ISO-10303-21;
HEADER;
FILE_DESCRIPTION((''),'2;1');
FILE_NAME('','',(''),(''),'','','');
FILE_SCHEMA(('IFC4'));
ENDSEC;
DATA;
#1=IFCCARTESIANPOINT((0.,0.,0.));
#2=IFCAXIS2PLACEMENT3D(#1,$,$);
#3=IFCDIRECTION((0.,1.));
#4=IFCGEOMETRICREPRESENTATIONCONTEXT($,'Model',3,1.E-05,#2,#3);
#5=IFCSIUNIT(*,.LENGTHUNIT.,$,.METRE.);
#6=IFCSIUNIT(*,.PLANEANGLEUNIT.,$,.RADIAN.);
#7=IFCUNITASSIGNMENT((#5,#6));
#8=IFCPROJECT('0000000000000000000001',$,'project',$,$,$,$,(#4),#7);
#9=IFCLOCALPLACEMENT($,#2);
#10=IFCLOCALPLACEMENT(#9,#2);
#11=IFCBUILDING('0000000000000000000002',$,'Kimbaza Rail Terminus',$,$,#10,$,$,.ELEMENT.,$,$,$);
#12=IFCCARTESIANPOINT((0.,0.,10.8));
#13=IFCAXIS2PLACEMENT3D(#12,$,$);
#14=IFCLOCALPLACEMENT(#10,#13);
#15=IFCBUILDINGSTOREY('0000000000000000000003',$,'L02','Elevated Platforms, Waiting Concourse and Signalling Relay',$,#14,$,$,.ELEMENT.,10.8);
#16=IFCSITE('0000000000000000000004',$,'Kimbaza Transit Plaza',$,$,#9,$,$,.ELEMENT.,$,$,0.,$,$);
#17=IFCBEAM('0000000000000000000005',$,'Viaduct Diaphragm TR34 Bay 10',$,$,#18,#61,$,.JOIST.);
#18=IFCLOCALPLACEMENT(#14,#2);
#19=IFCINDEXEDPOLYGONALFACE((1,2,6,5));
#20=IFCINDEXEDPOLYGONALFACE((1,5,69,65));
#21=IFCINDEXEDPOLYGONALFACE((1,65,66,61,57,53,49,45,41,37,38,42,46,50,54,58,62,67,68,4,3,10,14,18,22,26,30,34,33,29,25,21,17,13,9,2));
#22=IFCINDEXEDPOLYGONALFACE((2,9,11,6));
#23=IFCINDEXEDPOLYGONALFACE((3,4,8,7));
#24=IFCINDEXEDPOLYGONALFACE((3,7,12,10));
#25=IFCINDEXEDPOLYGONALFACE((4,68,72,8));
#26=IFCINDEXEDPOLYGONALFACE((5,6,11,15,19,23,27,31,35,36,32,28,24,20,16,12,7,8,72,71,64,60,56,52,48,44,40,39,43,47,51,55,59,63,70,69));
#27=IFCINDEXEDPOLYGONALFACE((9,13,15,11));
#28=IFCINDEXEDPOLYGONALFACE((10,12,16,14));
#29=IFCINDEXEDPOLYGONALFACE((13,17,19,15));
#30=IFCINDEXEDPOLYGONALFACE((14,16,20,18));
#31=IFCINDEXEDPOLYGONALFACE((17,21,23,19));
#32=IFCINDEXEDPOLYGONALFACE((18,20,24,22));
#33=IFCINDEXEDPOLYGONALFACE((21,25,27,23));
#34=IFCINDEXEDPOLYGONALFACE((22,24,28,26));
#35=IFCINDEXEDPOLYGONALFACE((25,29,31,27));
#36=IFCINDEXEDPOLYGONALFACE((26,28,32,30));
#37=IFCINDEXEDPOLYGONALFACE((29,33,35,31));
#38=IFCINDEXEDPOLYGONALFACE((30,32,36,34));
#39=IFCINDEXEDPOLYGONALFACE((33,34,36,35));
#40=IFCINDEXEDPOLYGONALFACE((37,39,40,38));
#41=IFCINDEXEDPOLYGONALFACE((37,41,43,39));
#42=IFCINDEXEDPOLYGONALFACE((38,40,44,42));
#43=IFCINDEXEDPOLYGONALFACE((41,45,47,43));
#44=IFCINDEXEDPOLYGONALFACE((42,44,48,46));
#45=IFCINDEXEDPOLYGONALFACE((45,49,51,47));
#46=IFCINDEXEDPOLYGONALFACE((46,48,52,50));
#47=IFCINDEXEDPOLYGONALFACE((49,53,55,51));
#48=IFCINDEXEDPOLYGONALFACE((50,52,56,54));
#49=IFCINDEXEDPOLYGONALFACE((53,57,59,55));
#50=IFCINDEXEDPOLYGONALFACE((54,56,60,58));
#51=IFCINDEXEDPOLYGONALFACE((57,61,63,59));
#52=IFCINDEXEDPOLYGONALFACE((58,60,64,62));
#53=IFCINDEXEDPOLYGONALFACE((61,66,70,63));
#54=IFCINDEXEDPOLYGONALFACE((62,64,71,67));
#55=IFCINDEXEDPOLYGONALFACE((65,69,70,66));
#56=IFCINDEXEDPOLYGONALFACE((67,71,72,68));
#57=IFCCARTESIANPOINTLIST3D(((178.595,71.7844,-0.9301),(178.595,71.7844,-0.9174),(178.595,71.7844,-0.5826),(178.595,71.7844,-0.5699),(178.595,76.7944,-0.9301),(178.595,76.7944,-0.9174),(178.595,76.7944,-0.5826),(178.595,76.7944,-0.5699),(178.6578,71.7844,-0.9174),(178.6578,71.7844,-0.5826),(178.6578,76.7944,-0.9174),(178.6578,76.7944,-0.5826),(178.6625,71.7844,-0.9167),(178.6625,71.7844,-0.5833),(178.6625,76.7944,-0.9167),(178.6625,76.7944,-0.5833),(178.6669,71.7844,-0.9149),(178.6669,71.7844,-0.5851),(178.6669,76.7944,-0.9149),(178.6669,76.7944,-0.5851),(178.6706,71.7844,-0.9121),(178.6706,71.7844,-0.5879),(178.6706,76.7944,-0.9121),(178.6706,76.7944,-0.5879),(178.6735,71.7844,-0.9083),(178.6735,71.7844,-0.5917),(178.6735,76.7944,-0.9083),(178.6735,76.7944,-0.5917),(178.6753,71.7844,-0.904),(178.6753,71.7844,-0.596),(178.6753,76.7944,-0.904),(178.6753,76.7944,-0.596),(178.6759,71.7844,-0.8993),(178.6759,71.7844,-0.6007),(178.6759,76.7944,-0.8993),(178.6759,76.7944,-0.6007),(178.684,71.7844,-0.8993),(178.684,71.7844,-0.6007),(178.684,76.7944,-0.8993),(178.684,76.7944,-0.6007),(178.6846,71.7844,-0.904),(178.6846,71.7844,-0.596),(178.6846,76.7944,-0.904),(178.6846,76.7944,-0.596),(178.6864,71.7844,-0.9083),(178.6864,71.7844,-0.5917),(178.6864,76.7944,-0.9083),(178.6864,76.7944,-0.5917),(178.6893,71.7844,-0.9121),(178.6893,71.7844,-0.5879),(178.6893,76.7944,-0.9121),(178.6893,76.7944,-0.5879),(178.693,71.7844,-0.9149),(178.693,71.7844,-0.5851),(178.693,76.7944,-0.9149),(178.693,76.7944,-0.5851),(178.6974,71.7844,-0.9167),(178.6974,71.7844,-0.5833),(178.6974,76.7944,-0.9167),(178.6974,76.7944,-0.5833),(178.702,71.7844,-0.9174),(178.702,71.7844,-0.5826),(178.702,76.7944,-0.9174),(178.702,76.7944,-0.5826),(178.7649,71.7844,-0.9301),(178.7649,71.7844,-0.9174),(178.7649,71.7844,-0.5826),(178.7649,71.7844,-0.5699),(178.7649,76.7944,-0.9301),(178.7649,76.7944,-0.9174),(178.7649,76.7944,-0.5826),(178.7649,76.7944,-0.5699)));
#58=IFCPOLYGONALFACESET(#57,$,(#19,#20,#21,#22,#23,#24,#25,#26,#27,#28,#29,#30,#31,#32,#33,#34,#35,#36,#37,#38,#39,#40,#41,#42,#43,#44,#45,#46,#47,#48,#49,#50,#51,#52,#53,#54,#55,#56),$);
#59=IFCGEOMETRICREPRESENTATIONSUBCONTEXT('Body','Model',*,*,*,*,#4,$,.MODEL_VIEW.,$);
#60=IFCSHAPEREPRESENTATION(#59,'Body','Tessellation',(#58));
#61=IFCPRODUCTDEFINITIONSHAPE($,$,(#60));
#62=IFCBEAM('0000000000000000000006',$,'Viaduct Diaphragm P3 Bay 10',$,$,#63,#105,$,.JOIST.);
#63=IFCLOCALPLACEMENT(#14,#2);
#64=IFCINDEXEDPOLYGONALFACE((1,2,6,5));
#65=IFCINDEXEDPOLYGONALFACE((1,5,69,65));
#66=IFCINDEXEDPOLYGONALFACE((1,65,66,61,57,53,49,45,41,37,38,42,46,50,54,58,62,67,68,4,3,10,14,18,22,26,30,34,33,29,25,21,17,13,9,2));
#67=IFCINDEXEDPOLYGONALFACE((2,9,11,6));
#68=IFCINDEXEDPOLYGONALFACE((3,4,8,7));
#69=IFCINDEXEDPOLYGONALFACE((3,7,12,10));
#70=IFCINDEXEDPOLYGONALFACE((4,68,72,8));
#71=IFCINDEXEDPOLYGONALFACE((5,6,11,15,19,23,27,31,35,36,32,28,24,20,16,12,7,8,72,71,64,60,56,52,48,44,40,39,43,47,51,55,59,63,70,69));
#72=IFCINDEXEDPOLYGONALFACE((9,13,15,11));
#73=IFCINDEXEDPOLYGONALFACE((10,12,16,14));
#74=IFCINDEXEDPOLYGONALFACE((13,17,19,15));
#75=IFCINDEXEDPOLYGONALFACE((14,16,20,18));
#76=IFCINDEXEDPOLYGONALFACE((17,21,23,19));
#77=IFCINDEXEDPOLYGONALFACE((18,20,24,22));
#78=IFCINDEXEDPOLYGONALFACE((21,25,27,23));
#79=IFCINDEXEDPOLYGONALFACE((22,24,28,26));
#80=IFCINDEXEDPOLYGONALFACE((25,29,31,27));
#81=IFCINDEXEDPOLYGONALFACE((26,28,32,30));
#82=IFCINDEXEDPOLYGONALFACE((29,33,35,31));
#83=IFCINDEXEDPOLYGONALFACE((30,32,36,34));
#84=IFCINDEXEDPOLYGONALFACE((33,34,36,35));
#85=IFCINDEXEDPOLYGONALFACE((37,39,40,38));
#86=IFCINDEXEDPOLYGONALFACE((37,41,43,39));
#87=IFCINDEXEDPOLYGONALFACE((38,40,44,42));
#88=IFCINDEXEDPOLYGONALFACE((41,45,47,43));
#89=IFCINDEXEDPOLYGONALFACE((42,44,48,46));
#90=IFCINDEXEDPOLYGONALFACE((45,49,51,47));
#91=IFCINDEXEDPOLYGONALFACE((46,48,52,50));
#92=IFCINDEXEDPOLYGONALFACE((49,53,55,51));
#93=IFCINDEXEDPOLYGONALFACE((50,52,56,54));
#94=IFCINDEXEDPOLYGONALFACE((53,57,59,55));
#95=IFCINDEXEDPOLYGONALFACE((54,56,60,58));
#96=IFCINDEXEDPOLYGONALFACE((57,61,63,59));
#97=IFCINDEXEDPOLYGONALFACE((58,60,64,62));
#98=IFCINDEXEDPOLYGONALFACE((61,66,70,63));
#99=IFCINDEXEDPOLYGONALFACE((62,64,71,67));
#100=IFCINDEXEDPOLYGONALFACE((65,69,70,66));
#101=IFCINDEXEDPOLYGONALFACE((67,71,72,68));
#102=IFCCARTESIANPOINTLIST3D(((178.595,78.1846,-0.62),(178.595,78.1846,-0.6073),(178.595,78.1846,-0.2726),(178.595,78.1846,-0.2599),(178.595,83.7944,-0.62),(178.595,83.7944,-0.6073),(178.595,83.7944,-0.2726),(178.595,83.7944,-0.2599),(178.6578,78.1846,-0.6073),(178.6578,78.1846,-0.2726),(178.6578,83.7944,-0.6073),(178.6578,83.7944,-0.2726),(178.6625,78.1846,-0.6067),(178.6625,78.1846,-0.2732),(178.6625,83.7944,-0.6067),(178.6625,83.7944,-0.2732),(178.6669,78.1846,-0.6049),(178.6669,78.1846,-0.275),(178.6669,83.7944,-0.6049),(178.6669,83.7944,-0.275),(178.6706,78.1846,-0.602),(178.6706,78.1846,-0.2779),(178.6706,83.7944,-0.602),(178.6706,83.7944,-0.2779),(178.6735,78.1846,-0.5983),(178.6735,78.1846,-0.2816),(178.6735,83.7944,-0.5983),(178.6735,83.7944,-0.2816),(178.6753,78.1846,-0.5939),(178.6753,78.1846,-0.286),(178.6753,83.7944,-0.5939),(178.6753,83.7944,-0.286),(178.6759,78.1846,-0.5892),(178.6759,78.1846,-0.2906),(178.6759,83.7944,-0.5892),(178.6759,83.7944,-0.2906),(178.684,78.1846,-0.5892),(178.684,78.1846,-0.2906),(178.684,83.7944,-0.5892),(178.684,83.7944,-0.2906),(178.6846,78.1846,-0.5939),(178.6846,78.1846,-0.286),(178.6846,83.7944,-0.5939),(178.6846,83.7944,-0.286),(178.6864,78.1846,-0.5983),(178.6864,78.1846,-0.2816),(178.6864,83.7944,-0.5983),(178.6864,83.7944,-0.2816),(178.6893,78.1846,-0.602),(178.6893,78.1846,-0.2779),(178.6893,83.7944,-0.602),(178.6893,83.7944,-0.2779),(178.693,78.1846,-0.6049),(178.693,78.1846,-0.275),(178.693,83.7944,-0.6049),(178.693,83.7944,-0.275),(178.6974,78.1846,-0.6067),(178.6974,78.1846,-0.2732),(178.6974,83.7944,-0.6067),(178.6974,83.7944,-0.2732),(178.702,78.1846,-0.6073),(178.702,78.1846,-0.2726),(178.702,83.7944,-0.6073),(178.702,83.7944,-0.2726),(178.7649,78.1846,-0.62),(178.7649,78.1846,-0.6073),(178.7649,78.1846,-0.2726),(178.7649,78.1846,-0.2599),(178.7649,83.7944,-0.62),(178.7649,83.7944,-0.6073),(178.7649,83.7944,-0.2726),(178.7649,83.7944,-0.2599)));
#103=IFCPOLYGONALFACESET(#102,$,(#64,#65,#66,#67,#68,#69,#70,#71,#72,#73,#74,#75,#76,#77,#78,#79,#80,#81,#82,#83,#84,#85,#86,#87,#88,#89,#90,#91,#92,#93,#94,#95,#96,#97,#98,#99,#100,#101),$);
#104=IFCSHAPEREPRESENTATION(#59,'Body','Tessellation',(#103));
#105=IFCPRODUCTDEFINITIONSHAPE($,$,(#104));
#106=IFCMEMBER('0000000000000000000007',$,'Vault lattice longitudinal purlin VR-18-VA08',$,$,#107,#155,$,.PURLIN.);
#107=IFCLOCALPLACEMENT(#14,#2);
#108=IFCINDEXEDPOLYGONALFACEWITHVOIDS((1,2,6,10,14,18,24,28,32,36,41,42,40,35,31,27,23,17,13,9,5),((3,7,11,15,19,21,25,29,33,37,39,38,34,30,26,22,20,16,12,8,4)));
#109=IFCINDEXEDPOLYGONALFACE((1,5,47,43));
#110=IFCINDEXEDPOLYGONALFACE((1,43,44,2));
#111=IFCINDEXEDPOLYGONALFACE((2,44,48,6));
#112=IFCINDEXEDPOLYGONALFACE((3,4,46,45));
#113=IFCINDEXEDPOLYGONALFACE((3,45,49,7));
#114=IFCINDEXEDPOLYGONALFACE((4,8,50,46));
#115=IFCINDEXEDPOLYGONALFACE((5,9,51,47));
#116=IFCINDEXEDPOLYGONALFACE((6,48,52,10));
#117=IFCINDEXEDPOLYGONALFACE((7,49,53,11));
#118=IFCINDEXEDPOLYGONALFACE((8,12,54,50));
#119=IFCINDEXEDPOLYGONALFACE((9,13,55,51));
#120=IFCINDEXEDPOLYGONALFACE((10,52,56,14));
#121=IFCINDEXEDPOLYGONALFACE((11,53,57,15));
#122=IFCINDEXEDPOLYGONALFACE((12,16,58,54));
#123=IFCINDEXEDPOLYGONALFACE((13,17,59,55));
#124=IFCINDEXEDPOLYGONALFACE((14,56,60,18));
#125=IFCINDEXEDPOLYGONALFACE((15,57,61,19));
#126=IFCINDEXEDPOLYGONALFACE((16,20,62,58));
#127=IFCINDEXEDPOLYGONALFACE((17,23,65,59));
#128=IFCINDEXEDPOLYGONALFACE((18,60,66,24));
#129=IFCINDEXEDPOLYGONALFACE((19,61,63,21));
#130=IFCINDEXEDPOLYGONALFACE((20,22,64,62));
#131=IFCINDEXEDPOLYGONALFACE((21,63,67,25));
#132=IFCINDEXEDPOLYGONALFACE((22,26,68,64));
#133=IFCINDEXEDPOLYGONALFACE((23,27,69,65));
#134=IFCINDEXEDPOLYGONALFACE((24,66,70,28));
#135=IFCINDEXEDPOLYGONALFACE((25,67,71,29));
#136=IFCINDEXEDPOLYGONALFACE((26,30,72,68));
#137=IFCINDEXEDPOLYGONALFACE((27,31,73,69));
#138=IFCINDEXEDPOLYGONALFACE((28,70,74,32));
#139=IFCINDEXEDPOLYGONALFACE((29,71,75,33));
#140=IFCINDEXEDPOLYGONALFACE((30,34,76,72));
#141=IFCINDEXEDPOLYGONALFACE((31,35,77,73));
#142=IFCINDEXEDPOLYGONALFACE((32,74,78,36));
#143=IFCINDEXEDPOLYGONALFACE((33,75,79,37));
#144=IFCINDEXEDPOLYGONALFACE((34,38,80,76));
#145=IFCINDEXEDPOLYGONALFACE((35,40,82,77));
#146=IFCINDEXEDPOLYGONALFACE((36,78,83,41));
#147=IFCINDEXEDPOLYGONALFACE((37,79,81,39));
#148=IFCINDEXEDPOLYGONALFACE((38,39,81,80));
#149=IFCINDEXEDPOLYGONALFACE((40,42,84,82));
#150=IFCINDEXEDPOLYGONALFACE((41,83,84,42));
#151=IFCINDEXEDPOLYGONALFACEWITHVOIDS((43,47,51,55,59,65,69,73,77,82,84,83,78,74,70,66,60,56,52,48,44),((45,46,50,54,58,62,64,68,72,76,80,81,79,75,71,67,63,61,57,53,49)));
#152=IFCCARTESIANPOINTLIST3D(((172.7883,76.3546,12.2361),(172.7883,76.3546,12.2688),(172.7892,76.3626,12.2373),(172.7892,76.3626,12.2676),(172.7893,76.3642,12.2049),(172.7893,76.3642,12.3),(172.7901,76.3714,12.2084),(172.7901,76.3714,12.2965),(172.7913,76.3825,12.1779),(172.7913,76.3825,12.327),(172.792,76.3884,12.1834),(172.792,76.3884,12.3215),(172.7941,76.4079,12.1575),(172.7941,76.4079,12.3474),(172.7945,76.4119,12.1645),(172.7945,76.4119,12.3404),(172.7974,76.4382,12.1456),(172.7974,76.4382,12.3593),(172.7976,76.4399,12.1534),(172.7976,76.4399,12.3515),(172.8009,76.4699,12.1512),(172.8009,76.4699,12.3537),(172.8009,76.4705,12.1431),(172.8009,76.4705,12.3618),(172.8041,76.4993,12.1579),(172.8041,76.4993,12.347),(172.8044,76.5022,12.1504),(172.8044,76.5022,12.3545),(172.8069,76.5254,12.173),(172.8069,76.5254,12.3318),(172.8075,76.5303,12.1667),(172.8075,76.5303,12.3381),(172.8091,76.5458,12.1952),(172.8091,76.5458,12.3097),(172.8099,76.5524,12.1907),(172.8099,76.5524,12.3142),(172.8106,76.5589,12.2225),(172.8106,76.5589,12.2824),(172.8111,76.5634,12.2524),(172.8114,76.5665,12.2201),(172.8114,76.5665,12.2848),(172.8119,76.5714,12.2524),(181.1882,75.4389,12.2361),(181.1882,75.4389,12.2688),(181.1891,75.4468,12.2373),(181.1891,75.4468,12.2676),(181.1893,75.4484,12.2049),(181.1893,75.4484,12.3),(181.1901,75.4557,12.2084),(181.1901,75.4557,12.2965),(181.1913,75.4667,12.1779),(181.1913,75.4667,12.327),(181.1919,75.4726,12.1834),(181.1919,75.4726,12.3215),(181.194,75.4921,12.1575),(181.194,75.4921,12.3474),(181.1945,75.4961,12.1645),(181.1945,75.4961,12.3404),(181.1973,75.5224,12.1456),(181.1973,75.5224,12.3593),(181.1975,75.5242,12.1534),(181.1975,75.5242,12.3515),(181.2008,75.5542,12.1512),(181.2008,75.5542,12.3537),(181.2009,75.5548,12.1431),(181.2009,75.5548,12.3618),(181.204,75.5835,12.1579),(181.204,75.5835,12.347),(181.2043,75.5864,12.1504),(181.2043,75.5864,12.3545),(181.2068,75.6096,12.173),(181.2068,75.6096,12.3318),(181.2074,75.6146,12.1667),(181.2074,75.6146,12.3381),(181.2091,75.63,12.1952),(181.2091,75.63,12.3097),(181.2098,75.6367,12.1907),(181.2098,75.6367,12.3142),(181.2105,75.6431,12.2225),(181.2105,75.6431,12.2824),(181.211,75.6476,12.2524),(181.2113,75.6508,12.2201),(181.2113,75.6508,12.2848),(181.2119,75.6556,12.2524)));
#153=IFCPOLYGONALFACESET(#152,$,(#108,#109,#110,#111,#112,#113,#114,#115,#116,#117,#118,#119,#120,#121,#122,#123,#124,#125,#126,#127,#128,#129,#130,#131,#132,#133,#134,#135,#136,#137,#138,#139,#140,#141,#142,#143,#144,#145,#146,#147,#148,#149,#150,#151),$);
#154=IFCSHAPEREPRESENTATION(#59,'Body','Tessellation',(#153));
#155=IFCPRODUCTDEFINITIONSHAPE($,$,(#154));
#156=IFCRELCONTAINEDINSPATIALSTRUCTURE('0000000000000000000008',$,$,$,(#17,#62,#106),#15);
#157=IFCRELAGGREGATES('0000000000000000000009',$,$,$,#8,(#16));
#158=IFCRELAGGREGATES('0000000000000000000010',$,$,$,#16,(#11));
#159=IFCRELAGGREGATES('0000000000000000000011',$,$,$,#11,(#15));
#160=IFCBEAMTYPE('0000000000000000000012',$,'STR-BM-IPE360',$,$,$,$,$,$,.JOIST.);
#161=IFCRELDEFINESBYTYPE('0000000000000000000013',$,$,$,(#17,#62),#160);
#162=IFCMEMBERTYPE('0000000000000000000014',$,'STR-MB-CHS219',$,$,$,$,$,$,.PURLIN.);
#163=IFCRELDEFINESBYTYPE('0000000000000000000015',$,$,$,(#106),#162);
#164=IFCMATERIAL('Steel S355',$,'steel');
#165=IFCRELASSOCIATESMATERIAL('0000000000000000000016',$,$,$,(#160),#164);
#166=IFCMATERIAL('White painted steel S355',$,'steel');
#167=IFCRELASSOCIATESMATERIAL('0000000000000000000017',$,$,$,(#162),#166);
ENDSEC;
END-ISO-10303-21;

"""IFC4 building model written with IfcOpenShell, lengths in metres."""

from ifc_helpers import new_model, si_unit, direction, frame, origin, origin_2d, place, context, subcontext, project, spatial, hollow_circle, i_section, extrude, material, material_profile, profile_set, type_object, element, save


model = new_model("IFC4")

# Units and contexts
model_context = context("Model", 3, precision=1e-05, world=origin(), true_north=direction((0.0, 1.0)))
body_context = subcontext(model_context, "Body", "Model", "MODEL_VIEW")
ifc_project = project(units=[si_unit("LENGTHUNIT", "METRE"), si_unit("PLANEANGLEUNIT", "RADIAN")], contexts=[model_context])

# Site, building, storey
site_placement = place(None, origin())
site = spatial("IfcSite", under=ifc_project, at=site_placement, Name="Kimbaza Transit Plaza", CompositionType="ELEMENT", RefElevation=0.0)
building_placement = place(site_placement, origin())
building = spatial("IfcBuilding", under=site, at=building_placement, Name="Kimbaza Rail Terminus", CompositionType="ELEMENT")
storey_placement = place(building_placement, frame((0.0, 0.0, 10.8)))
storey = spatial("IfcBuildingStorey", under=building, at=storey_placement, Name="L02", Description="Elevated Platforms, Waiting Concourse and Signalling Relay", CompositionType="ELEMENT", Elevation=10.8)

# Beams
ifc_material_1 = material(Name="Steel S355", Category="steel")
ifc_material_profile_1 = material_profile(ifc_material_1, i_section(OverallWidth=0.1699, OverallDepth=0.3601, WebThickness=0.0081, FlangeThickness=0.0127, FilletRadius=0.0181, at=origin_2d()), Name="IPE 360")
ifc_profile_set_1 = profile_set([ifc_material_profile_1], Name="Steel S355")
beam_type_1 = type_object("IfcBeamType", Name="STR-BM-IPE360", PredefinedType="JOIST", material=ifc_profile_set_1)
beam_1_placement = place(storey_placement, frame((178.6799, 71.7844, -0.75), z_axis=(0.0, 1.0, 0.0), x_axis=(-1.0, 0.0, 0.0)))
element("IfcBeam", 1, at=beam_1_placement, inside=storey, type_object=beam_type_1, Name="Viaduct Diaphragm TR34 Bay 10", PredefinedType="JOIST", context=body_context, shape_type="SweptSolid", body=[
    extrude(i_section(OverallWidth=0.1699, OverallDepth=0.3601, WebThickness=0.0081, FlangeThickness=0.0127, FilletRadius=0.0181, at=origin_2d()), origin(), (0.0, 0.0, 1.0), 5.01),
])
beam_2_placement = place(storey_placement, frame((178.6799, 78.1846, -0.4399), z_axis=(0.0, 1.0, 0.0), x_axis=(-1.0, 0.0, 0.0)))
element("IfcBeam", 2, at=beam_2_placement, inside=storey, type_object=beam_type_1, Name="Viaduct Diaphragm P3 Bay 10", PredefinedType="JOIST", context=body_context, shape_type="SweptSolid", body=[
    extrude(i_section(OverallWidth=0.1699, OverallDepth=0.3601, WebThickness=0.0081, FlangeThickness=0.0127, FilletRadius=0.0181, at=origin_2d()), origin(), (0.0, 0.0, 1.0), 5.6099),
])

# Member
ifc_material_2 = material(Name="White painted steel S355", Category="steel")
ifc_material_profile_2 = material_profile(ifc_material_2, hollow_circle(Radius=0.1096, WallThickness=0.0081, at=origin_2d()), Name="CHS 219.1x8")
ifc_profile_set_2 = profile_set([ifc_material_profile_2], Name="White painted steel S355")
member_type_1 = type_object("IfcMemberType", Name="STR-MB-CHS219", PredefinedType="PURLIN", material=ifc_profile_set_2)
for number, where, z_axis, x_axis, name in (
    (3, (172.8, 76.4624, 12.2524), (0.99411, -0.10838, 0.0), (0.10838, 0.99411, 0.0), "Vault lattice longitudinal purlin VR-18-VA08"),
):
    element("IfcMember", number, at=place(storey_placement, frame(where, z_axis=z_axis, x_axis=x_axis)), inside=storey, type_object=member_type_1, Name=name, PredefinedType="PURLIN", context=body_context, shape_type="SweptSolid", body=[
        extrude(hollow_circle(Radius=0.1096, WallThickness=0.0081, at=origin_2d()), origin(), (0.0, 0.0, 1.0), 8.4497),
    ])

save(model, "model.ifc")
